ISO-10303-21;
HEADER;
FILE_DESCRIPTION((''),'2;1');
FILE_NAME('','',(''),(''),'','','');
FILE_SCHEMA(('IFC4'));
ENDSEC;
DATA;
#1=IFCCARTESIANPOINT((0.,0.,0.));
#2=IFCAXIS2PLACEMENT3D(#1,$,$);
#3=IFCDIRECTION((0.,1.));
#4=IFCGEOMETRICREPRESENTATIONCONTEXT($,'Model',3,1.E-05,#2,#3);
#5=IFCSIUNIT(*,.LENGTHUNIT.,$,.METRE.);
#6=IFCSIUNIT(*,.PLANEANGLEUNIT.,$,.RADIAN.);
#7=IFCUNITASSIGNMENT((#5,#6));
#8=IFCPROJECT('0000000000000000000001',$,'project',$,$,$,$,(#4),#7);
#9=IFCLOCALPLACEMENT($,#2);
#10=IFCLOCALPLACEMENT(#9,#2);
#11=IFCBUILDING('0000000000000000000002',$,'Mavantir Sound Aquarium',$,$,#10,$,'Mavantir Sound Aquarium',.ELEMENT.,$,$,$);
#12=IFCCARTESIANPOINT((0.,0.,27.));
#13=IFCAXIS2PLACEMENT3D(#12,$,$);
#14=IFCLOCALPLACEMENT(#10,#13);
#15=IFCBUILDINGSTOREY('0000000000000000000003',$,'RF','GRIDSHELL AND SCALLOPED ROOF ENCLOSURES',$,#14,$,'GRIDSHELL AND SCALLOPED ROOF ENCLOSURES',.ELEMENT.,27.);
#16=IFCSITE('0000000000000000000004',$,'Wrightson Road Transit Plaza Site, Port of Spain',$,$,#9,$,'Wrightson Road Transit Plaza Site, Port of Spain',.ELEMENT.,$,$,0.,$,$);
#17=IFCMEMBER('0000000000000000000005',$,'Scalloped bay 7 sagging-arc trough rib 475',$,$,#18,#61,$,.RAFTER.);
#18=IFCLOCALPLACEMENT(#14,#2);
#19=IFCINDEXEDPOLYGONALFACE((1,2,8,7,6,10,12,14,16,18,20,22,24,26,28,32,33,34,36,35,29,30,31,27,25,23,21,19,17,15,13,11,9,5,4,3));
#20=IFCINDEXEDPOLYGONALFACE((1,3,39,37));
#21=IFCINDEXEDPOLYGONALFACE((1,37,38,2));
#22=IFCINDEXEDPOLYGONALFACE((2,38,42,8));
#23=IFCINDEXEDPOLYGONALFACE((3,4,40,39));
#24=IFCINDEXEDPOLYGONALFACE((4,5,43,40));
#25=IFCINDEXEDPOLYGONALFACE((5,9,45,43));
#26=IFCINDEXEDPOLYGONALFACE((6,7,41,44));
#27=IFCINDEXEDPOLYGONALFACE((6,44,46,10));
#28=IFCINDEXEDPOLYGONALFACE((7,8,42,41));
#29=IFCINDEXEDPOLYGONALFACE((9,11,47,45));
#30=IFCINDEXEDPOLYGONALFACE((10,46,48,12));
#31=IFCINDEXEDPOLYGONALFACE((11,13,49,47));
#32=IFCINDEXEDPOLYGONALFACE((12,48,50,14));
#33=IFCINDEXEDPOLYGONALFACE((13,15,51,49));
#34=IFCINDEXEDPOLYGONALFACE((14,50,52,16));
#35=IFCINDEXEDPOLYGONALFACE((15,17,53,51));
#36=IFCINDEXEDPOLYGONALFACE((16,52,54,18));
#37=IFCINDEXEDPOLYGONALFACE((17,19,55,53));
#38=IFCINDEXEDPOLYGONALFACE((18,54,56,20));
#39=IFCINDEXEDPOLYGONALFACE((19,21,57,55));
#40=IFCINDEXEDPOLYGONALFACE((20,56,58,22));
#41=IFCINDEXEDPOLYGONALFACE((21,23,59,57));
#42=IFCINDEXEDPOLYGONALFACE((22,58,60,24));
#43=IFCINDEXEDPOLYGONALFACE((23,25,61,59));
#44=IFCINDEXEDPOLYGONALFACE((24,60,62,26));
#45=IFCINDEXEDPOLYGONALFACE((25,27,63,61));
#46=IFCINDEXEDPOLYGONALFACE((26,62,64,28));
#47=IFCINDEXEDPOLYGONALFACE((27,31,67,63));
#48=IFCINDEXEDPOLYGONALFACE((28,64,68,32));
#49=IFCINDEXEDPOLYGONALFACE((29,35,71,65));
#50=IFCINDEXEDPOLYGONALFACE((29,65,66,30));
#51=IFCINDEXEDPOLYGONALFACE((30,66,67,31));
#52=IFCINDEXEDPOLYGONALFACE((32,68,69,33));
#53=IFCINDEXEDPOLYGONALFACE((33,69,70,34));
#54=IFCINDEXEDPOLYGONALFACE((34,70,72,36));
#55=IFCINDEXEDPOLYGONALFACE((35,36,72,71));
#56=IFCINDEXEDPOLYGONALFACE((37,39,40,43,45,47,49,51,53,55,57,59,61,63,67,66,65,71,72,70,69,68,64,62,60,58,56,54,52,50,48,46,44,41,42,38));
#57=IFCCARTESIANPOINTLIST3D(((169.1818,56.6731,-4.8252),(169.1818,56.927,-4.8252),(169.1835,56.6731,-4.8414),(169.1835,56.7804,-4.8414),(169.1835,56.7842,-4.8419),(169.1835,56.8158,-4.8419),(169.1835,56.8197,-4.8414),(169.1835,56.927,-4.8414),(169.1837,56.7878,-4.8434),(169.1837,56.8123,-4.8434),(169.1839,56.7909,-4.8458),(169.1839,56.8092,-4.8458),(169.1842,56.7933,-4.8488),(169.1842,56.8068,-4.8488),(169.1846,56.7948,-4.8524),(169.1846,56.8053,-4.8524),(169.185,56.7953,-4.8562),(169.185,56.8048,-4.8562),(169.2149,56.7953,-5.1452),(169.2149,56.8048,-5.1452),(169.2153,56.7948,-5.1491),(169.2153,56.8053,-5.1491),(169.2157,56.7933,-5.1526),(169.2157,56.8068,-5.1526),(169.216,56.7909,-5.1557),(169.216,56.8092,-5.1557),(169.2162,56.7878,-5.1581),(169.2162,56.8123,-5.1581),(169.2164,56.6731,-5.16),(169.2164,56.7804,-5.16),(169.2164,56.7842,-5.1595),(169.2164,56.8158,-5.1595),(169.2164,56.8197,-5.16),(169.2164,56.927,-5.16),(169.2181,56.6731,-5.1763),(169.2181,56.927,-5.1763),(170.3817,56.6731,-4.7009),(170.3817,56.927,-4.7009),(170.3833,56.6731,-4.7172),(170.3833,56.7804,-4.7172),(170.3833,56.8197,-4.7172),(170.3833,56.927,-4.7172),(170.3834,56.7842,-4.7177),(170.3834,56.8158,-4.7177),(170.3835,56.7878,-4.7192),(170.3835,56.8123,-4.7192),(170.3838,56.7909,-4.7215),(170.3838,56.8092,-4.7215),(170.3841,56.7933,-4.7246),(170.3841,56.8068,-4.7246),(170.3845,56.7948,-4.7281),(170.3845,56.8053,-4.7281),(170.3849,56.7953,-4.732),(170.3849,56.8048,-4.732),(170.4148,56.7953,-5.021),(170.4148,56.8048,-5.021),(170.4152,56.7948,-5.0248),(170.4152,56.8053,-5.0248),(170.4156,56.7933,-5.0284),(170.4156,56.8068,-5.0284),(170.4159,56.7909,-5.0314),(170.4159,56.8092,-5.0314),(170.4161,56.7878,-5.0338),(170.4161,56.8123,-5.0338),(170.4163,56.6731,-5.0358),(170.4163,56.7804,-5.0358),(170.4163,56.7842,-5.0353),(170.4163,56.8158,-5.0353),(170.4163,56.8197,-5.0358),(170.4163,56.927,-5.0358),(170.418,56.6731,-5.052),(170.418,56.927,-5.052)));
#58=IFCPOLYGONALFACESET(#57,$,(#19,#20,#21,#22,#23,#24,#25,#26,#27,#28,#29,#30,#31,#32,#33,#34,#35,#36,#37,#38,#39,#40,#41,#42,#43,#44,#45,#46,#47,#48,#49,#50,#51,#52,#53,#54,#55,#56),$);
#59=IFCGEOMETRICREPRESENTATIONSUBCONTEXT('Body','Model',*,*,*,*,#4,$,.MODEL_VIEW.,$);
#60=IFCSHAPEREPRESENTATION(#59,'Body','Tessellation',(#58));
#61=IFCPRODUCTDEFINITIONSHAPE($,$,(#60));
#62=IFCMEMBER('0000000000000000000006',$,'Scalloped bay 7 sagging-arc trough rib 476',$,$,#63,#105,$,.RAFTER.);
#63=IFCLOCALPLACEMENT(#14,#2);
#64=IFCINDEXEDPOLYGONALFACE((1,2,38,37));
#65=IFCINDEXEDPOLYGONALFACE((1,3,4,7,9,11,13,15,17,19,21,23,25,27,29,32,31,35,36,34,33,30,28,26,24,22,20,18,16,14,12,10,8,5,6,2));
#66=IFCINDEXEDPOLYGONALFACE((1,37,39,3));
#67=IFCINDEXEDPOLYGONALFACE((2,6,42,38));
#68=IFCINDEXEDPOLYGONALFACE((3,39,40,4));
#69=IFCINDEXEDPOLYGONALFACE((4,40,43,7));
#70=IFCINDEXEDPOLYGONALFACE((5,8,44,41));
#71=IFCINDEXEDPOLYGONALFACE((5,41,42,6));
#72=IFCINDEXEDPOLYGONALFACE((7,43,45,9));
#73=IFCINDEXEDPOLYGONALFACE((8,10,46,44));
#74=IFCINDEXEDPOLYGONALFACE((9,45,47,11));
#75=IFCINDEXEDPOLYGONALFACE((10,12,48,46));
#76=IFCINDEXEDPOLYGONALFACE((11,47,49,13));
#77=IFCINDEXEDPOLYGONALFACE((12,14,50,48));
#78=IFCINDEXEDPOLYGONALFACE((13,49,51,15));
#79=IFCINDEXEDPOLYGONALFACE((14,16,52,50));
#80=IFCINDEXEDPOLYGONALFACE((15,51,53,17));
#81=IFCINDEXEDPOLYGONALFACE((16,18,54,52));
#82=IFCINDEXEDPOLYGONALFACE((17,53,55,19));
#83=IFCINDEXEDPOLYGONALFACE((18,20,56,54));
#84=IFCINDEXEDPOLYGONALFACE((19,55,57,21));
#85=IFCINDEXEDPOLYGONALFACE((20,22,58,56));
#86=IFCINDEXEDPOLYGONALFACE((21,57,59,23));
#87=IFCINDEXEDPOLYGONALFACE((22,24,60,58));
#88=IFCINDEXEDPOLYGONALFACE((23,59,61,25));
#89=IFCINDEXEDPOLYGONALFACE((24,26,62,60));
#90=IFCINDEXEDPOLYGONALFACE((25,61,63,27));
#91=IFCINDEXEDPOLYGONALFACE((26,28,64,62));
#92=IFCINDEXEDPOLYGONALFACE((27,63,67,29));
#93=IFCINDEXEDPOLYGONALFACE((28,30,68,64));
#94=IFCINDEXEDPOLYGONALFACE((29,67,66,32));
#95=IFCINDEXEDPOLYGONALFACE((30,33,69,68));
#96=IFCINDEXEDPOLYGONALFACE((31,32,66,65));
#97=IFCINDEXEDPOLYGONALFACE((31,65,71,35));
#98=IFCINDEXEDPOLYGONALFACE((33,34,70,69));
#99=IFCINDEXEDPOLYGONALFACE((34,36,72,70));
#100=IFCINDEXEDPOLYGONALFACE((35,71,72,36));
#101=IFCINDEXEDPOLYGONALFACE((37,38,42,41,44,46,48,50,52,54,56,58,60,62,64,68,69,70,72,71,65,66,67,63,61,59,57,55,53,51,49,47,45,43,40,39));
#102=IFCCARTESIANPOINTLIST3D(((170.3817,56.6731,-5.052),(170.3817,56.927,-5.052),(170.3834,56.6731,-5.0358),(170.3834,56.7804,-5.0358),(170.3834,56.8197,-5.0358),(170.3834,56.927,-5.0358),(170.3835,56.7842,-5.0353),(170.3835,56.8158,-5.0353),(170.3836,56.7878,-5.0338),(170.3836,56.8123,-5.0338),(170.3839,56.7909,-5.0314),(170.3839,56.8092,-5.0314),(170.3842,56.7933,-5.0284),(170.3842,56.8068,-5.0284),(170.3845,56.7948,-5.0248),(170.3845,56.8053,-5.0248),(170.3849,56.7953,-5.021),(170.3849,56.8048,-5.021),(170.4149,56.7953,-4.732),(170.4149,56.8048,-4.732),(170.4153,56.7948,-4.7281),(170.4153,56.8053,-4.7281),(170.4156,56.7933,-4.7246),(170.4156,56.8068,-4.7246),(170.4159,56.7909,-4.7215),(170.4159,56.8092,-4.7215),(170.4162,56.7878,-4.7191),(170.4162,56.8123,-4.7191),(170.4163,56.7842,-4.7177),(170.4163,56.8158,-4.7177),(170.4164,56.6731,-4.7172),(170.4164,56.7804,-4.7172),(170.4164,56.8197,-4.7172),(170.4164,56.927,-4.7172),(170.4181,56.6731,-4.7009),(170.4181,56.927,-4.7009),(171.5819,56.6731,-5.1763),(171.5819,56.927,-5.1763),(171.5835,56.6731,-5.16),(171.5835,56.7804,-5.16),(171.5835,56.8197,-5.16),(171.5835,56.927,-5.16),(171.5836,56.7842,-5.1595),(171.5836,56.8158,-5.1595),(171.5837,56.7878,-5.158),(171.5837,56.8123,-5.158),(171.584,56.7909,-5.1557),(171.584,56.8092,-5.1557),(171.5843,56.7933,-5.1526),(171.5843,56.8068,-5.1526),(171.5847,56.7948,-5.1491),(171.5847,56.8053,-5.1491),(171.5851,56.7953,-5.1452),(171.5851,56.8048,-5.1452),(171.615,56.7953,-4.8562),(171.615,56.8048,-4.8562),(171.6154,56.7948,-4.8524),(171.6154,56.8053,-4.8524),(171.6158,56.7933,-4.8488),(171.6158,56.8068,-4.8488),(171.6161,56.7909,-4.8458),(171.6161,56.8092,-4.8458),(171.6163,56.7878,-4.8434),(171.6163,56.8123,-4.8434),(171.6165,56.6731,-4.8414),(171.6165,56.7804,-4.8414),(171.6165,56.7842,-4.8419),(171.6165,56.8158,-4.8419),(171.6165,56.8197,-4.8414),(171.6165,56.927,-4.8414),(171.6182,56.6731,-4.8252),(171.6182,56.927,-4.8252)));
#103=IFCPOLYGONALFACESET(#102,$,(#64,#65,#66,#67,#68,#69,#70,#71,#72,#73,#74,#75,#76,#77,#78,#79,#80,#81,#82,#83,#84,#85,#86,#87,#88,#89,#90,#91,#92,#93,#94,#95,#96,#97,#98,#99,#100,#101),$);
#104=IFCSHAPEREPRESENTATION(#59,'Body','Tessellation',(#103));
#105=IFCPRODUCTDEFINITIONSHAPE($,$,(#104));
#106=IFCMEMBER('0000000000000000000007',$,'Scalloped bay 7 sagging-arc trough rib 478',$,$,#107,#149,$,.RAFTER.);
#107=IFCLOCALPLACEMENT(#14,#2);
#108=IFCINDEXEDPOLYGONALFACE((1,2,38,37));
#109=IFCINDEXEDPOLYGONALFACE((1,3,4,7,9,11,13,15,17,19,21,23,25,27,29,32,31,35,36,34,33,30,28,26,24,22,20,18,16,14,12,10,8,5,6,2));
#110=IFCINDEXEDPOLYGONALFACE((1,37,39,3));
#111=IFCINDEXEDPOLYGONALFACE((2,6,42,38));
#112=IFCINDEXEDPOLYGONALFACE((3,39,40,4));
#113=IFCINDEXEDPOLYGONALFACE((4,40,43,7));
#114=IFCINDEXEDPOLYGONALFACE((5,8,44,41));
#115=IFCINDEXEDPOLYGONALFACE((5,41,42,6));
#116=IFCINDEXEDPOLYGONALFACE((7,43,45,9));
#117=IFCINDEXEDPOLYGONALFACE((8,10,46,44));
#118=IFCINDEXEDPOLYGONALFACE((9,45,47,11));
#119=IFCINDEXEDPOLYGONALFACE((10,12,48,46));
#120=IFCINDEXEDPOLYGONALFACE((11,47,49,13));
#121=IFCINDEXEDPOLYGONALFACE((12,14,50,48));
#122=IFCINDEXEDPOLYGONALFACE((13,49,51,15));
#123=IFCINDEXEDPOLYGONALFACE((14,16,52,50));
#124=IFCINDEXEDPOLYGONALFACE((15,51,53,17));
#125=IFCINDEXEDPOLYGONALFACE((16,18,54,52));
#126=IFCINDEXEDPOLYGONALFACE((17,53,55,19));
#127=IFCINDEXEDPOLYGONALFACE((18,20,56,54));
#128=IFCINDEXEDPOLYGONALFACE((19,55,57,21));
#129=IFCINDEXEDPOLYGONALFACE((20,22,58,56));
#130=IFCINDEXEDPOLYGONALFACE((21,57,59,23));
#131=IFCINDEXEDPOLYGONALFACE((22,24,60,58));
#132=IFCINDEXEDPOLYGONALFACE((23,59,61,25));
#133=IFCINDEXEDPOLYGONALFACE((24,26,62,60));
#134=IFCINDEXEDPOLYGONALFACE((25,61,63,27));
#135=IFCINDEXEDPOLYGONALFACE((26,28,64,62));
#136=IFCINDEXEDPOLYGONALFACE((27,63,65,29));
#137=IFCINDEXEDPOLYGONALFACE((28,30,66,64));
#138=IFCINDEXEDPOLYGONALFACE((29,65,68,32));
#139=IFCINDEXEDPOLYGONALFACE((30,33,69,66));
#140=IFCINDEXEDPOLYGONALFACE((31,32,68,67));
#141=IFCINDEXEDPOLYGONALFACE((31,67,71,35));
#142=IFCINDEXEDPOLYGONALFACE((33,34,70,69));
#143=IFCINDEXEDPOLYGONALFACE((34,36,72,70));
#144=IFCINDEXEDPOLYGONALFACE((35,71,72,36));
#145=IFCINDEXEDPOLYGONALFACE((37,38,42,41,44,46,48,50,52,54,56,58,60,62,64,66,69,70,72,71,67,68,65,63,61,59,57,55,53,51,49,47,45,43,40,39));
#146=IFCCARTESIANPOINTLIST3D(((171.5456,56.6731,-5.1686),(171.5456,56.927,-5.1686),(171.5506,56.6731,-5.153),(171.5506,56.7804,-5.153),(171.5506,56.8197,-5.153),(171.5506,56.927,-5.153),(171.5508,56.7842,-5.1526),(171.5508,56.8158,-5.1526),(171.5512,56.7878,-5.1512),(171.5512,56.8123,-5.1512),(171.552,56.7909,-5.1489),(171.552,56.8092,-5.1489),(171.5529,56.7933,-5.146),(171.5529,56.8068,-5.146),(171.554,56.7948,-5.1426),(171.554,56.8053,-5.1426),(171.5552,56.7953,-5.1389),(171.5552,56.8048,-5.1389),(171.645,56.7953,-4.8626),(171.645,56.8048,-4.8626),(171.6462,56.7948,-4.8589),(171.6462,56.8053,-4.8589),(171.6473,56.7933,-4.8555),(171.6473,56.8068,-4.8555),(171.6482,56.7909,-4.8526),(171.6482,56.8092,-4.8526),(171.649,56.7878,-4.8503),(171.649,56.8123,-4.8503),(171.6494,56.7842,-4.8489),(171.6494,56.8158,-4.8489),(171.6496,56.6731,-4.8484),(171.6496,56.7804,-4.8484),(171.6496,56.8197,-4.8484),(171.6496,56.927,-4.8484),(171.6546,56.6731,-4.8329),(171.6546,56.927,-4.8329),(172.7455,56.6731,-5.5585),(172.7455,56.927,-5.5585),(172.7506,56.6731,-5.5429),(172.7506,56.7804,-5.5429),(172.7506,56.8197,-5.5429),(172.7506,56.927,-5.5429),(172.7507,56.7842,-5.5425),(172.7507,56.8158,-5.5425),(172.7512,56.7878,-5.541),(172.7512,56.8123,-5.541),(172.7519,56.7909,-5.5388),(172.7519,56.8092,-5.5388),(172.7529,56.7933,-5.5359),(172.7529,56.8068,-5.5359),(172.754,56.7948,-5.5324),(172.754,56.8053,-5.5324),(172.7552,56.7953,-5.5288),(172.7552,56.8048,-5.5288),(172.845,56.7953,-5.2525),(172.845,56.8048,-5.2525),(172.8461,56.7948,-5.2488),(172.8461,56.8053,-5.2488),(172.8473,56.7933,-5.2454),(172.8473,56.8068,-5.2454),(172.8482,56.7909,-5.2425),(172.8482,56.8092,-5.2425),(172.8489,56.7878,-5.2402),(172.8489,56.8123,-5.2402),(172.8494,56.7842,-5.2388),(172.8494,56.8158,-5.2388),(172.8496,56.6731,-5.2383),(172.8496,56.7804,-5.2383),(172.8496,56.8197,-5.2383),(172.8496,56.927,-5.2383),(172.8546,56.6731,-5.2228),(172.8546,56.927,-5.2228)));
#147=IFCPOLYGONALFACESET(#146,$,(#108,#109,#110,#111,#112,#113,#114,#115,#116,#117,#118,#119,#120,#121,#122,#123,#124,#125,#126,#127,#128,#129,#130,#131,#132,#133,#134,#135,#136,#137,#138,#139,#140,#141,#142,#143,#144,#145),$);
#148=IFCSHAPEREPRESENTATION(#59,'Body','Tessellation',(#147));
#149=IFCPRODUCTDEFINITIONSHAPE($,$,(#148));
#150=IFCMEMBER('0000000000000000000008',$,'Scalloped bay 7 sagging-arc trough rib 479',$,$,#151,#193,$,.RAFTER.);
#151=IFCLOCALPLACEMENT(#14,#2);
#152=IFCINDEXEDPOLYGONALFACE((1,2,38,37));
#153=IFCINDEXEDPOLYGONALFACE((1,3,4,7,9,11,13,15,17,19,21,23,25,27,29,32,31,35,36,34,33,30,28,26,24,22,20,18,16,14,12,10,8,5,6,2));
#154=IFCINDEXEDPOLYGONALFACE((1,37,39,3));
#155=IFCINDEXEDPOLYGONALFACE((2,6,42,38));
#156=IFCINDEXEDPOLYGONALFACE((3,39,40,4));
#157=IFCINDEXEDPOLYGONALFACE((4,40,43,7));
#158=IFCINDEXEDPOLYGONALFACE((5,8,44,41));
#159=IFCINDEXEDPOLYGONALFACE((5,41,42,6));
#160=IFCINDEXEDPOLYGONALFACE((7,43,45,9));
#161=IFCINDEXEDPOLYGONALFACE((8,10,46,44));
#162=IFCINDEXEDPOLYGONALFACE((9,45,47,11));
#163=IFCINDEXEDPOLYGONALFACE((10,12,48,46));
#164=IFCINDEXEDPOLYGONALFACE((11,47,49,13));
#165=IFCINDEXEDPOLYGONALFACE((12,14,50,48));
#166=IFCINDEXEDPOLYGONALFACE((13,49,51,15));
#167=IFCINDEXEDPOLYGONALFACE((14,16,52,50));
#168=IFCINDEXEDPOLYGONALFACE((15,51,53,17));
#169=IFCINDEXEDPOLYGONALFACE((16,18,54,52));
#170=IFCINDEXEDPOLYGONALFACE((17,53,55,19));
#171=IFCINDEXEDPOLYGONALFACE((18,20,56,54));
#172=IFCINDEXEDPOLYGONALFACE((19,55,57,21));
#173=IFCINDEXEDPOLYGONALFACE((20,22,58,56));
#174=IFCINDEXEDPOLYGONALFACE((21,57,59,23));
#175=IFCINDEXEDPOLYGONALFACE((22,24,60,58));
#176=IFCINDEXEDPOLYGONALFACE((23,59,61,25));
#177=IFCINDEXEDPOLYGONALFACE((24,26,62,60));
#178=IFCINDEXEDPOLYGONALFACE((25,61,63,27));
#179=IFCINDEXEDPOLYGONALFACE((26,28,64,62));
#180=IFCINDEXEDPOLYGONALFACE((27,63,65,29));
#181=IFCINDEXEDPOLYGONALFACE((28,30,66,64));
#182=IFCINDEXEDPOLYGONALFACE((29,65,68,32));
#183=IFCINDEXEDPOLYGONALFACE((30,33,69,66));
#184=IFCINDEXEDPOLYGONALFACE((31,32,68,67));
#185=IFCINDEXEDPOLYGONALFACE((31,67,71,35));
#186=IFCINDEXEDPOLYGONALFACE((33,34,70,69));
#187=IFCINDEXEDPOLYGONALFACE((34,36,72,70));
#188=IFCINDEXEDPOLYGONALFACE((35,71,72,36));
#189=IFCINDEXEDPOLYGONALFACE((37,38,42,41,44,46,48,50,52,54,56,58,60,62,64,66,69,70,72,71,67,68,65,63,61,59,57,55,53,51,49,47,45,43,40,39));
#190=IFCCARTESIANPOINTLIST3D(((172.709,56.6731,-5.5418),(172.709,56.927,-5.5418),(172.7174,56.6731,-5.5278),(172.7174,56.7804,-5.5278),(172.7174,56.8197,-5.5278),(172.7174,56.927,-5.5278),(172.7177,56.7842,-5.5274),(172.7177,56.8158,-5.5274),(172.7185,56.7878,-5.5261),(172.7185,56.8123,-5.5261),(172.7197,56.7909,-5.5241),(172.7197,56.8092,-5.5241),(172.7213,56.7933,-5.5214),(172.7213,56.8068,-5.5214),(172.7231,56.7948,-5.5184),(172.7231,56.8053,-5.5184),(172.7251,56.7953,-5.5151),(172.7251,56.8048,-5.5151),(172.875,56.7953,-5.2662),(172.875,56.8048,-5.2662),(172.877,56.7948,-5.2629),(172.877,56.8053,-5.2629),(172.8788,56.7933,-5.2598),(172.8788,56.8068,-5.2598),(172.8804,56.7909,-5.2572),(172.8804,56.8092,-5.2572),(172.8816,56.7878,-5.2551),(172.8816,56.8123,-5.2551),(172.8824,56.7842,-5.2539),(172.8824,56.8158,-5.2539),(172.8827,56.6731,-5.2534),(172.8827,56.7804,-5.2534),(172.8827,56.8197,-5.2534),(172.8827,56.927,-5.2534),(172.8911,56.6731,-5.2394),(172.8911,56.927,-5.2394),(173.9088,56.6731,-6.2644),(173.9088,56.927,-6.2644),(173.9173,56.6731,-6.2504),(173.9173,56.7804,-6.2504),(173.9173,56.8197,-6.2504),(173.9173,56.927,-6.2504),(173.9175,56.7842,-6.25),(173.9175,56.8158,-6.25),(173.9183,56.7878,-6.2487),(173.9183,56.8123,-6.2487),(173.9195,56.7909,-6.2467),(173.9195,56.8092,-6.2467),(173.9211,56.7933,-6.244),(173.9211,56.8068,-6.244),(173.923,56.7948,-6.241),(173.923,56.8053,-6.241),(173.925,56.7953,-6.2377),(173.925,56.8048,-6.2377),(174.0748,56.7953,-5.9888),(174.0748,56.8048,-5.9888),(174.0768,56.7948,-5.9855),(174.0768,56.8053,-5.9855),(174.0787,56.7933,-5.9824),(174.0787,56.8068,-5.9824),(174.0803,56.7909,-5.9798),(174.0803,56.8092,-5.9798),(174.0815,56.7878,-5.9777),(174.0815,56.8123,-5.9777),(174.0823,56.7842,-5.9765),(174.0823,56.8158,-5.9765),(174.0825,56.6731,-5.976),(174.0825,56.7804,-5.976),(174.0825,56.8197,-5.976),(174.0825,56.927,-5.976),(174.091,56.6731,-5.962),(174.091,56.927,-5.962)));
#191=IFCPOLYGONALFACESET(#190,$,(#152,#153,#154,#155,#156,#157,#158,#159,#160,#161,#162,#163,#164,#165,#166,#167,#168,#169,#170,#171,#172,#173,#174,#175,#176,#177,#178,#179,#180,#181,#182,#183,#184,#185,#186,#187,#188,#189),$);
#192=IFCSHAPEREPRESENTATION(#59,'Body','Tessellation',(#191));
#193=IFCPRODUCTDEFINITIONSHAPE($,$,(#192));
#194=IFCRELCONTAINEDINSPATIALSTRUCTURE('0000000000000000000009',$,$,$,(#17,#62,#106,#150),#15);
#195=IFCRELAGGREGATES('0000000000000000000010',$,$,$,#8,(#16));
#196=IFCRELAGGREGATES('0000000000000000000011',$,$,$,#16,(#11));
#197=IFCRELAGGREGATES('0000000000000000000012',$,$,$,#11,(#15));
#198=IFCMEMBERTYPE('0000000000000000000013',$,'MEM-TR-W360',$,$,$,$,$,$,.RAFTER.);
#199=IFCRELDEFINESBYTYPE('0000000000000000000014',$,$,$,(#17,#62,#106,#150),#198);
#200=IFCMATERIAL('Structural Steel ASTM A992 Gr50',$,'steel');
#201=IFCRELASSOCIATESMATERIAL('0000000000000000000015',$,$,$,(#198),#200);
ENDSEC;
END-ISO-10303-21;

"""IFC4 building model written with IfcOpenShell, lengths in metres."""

from ifc_helpers import new_model, si_unit, direction, frame, origin, origin_2d, place, context, subcontext, project, spatial, i_section, extrude, material, material_profile, profile_set, type_object, element, save


model = new_model("IFC4")

# Units and contexts
model_context = context("Model", 3, precision=1e-05, world=origin(), true_north=direction((0.0, 1.0)))
body_context = subcontext(model_context, "Body", "Model", "MODEL_VIEW")
ifc_project = project(units=[si_unit("LENGTHUNIT", "METRE"), si_unit("PLANEANGLEUNIT", "RADIAN")], contexts=[model_context])

# Site, building, storey
site_placement = place(None, origin())
site = spatial("IfcSite", under=ifc_project, at=site_placement, Name="Wrightson Road Transit Plaza Site, Port of Spain", LongName="Wrightson Road Transit Plaza Site, Port of Spain", CompositionType="ELEMENT", RefElevation=0.0)
building_placement = place(site_placement, origin())
building = spatial("IfcBuilding", under=site, at=building_placement, Name="Mavantir Sound Aquarium", LongName="Mavantir Sound Aquarium", CompositionType="ELEMENT")
storey_placement = place(building_placement, frame((0.0, 0.0, 27.0)))
storey = spatial("IfcBuildingStorey", under=building, at=storey_placement, Name="RF", Description="GRIDSHELL AND SCALLOPED ROOF ENCLOSURES", LongName="GRIDSHELL AND SCALLOPED ROOF ENCLOSURES", CompositionType="ELEMENT", Elevation=27.0)

# Shared definitions
ifc_material_1 = material(Name="Structural Steel ASTM A992 Gr50", Category="steel")

# Members
ifc_material_profile_1 = material_profile(ifc_material_1, i_section(OverallWidth=0.2539, OverallDepth=0.353, WebThickness=0.0095, FlangeThickness=0.0164, FilletRadius=0.0149, at=origin_2d()), Name="W360X91")
ifc_profile_set_1 = profile_set([ifc_material_profile_1], Name="Structural Steel ASTM A992 Gr50")
member_type_1 = type_object("IfcMemberType", Name="MEM-TR-W360", PredefinedType="RAFTER", material=ifc_profile_set_1)
member_1_placement = place(storey_placement, frame((169.2, 56.8, -5.0007), z_axis=(0.99468, 0.0, 0.10301), x_axis=(0.0, 1.0, 0.0)))
element("IfcMember", 1, at=member_1_placement, inside=storey, type_object=member_type_1, Name="Scalloped bay 7 sagging-arc trough rib 475", PredefinedType="RAFTER", context=body_context, shape_type="SweptSolid", body=[
    extrude(i_section(OverallWidth=0.2539, OverallDepth=0.353, WebThickness=0.0095, FlangeThickness=0.0164, FilletRadius=0.0149, at=origin_2d()), origin(), (0.0, 0.0, 1.0), 1.2063),
])
member_2_placement = place(storey_placement, frame((170.3999, 56.8, -4.8765), z_axis=(0.994683, 0.0, -0.102989), x_axis=(0.0, 1.0, 0.0)))
element("IfcMember", 2, at=member_2_placement, inside=storey, type_object=member_type_1, Name="Scalloped bay 7 sagging-arc trough rib 476", PredefinedType="RAFTER", context=body_context, shape_type="SweptSolid", body=[
    extrude(i_section(OverallWidth=0.2539, OverallDepth=0.353, WebThickness=0.0095, FlangeThickness=0.0164, FilletRadius=0.0149, at=origin_2d()), origin(), (0.0, 0.0, 1.0), 1.2065),
])
member_3_placement = place(storey_placement, frame((171.6001, 56.8, -5.0007), z_axis=(0.951055, 0.0, -0.30902), x_axis=(0.0, 1.0, 0.0)))
element("IfcMember", 3, at=member_3_placement, inside=storey, type_object=member_type_1, Name="Scalloped bay 7 sagging-arc trough rib 478", PredefinedType="RAFTER", context=body_context, shape_type="SweptSolid", body=[
    extrude(i_section(OverallWidth=0.2539, OverallDepth=0.353, WebThickness=0.0095, FlangeThickness=0.0164, FilletRadius=0.0149, at=origin_2d()), origin(), (0.0, 0.0, 1.0), 1.2617),
])
member_4_placement = place(storey_placement, frame((172.8, 56.8, -5.3906), z_axis=(0.856646, 0.0, -0.515905), x_axis=(0.0, 1.0, 0.0)))
element("IfcMember", 4, at=member_4_placement, inside=storey, type_object=member_type_1, Name="Scalloped bay 7 sagging-arc trough rib 479", PredefinedType="RAFTER", context=body_context, shape_type="SweptSolid", body=[
    extrude(i_section(OverallWidth=0.2539, OverallDepth=0.353, WebThickness=0.0095, FlangeThickness=0.0164, FilletRadius=0.0149, at=origin_2d()), origin(), (0.0, 0.0, 1.0), 1.4006),
])

save(model, "model.ifc")
